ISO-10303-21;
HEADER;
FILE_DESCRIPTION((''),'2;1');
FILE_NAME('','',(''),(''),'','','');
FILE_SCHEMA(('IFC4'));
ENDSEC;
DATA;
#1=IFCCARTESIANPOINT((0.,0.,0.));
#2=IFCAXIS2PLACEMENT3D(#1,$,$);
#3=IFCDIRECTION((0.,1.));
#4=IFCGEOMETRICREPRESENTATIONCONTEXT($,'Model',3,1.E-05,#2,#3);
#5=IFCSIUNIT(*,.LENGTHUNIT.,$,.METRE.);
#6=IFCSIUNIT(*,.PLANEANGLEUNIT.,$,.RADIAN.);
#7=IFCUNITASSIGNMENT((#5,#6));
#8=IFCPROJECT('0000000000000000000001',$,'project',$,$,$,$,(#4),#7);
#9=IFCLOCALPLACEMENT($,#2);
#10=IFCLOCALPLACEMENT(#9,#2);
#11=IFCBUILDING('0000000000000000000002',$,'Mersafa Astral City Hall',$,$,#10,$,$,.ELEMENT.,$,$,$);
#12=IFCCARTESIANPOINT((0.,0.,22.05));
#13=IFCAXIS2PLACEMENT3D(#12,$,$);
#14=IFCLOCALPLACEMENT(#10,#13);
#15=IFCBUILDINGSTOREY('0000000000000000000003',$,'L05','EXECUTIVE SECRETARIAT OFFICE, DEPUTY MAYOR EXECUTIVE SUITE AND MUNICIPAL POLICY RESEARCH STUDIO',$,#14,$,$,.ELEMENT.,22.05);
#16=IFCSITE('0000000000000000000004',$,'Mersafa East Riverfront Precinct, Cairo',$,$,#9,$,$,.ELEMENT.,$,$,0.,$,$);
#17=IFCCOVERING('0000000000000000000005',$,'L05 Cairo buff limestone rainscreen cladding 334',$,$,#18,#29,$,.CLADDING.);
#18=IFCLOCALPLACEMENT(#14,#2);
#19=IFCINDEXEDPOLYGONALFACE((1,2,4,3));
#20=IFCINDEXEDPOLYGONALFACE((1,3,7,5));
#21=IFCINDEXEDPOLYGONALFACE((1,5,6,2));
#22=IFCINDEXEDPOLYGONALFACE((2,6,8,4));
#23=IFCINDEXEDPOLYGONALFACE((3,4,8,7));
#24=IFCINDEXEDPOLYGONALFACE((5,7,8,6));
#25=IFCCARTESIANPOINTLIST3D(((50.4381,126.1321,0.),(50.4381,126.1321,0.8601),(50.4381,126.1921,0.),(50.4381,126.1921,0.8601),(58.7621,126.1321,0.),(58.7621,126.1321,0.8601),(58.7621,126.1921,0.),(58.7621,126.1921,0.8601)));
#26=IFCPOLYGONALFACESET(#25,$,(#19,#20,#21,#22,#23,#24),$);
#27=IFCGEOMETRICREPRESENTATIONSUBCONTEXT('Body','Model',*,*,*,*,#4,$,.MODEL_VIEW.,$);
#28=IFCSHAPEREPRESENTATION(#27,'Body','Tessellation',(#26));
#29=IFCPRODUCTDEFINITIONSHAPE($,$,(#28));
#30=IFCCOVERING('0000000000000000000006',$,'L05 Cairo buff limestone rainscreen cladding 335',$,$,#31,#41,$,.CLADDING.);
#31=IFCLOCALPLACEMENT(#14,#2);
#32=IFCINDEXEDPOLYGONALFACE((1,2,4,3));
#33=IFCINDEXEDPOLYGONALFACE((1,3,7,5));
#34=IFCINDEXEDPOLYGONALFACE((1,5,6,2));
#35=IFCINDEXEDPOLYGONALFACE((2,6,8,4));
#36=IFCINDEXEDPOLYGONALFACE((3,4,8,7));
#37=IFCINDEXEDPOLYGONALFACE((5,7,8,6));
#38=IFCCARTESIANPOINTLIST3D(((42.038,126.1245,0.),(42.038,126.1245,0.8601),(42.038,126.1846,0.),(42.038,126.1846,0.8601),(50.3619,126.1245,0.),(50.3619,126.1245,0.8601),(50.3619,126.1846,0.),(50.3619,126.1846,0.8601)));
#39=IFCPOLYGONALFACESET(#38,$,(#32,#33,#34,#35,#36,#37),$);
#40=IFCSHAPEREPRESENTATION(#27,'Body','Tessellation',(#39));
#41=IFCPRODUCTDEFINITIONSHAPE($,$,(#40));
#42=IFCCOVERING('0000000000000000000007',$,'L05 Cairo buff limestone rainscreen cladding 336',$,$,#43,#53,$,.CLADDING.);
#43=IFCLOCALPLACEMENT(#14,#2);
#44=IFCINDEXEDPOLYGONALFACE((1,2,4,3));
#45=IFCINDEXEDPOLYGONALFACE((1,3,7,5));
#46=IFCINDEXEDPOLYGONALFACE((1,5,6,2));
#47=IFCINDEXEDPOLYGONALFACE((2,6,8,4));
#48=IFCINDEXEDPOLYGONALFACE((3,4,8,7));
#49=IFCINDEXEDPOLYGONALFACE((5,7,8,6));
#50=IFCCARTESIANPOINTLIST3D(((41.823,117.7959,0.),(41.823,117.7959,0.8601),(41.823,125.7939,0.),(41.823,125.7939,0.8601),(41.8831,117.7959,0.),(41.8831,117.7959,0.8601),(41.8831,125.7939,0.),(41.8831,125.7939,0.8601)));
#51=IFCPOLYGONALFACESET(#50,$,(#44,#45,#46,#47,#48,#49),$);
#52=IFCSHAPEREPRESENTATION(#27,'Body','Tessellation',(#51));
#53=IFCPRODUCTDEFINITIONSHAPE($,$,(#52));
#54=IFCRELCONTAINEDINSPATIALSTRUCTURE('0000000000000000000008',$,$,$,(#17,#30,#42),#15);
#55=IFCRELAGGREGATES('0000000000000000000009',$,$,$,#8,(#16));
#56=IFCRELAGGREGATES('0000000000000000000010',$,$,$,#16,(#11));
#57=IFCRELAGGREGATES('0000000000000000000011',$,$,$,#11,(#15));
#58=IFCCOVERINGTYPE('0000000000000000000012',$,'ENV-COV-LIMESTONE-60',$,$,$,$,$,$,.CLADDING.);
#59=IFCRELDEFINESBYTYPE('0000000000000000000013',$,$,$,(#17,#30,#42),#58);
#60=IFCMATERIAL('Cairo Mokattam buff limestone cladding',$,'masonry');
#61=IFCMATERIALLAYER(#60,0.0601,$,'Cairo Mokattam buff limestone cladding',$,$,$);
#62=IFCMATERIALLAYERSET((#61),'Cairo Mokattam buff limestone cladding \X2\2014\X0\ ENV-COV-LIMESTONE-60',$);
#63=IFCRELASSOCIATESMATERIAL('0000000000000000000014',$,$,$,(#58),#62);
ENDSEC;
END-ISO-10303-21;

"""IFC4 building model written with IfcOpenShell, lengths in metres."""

from ifc_helpers import new_model, si_unit, direction, frame, origin, origin_2d, place, context, subcontext, project, spatial, rectangle, extrude, material, layer, layer_set, type_object, element, save


model = new_model("IFC4")

# Units and contexts
model_context = context("Model", 3, precision=1e-05, world=origin(), true_north=direction((0.0, 1.0)))
body_context = subcontext(model_context, "Body", "Model", "MODEL_VIEW")
ifc_project = project(units=[si_unit("LENGTHUNIT", "METRE"), si_unit("PLANEANGLEUNIT", "RADIAN")], contexts=[model_context])

# Site, building, storey
site_placement = place(None, origin())
site = spatial("IfcSite", under=ifc_project, at=site_placement, Name="Mersafa East Riverfront Precinct, Cairo", CompositionType="ELEMENT", RefElevation=0.0)
building_placement = place(site_placement, origin())
building = spatial("IfcBuilding", under=site, at=building_placement, Name="Mersafa Astral City Hall", CompositionType="ELEMENT")
storey_placement = place(building_placement, frame((0.0, 0.0, 22.05)))
storey = spatial("IfcBuildingStorey", under=building, at=storey_placement, Name="L05", Description="EXECUTIVE SECRETARIAT OFFICE, DEPUTY MAYOR EXECUTIVE SUITE AND MUNICIPAL POLICY RESEARCH STUDIO", CompositionType="ELEMENT", Elevation=22.05)

# Coverings
ifc_material_1 = material(Name="Cairo Mokattam buff limestone cladding", Category="masonry")
ifc_layer_1 = layer(ifc_material_1, 0.0601, Name="Cairo Mokattam buff limestone cladding")
ifc_layer_set_1 = layer_set([ifc_layer_1], Name="Cairo Mokattam buff limestone cladding — ENV-COV-LIMESTONE-60")
covering_type = type_object("IfcCoveringType", Name="ENV-COV-LIMESTONE-60", PredefinedType="CLADDING", material=ifc_layer_set_1)
for number, where, z_axis, x_axis, name in (
    (1, (54.6001, 126.1621, 0.0), (0.0, 0.0, 1.0), (-1.0, 0.0, 0.0), "L05 Cairo buff limestone rainscreen cladding 334"),
    (2, (46.2, 126.1545, 0.0), (0.0, 0.0, 1.0), (-1.0, 0.0, 0.0), "L05 Cairo buff limestone rainscreen cladding 335"),
):
    element("IfcCovering", number, at=place(storey_placement, frame(where, z_axis=z_axis, x_axis=x_axis)), inside=storey, type_object=covering_type, Name=name, PredefinedType="CLADDING", context=body_context, shape_type="SweptSolid", body=[
        extrude(rectangle(XDim=8.324, YDim=0.0601, at=origin_2d()), origin(), (0.0, 0.0, 1.0), 0.8601),
    ])
covering_placement = place(storey_placement, frame((41.853, 121.7949, 0.0), z_axis=(0.0, 0.0, 1.0), x_axis=(0.0, -1.0, 0.0)))
element("IfcCovering", 3, at=covering_placement, inside=storey, type_object=covering_type, Name="L05 Cairo buff limestone rainscreen cladding 336", PredefinedType="CLADDING", context=body_context, shape_type="SweptSolid", body=[
    extrude(rectangle(XDim=7.998, YDim=0.0601, at=origin_2d()), origin(), (0.0, 0.0, 1.0), 0.8601),
])

save(model, "model.ifc")
